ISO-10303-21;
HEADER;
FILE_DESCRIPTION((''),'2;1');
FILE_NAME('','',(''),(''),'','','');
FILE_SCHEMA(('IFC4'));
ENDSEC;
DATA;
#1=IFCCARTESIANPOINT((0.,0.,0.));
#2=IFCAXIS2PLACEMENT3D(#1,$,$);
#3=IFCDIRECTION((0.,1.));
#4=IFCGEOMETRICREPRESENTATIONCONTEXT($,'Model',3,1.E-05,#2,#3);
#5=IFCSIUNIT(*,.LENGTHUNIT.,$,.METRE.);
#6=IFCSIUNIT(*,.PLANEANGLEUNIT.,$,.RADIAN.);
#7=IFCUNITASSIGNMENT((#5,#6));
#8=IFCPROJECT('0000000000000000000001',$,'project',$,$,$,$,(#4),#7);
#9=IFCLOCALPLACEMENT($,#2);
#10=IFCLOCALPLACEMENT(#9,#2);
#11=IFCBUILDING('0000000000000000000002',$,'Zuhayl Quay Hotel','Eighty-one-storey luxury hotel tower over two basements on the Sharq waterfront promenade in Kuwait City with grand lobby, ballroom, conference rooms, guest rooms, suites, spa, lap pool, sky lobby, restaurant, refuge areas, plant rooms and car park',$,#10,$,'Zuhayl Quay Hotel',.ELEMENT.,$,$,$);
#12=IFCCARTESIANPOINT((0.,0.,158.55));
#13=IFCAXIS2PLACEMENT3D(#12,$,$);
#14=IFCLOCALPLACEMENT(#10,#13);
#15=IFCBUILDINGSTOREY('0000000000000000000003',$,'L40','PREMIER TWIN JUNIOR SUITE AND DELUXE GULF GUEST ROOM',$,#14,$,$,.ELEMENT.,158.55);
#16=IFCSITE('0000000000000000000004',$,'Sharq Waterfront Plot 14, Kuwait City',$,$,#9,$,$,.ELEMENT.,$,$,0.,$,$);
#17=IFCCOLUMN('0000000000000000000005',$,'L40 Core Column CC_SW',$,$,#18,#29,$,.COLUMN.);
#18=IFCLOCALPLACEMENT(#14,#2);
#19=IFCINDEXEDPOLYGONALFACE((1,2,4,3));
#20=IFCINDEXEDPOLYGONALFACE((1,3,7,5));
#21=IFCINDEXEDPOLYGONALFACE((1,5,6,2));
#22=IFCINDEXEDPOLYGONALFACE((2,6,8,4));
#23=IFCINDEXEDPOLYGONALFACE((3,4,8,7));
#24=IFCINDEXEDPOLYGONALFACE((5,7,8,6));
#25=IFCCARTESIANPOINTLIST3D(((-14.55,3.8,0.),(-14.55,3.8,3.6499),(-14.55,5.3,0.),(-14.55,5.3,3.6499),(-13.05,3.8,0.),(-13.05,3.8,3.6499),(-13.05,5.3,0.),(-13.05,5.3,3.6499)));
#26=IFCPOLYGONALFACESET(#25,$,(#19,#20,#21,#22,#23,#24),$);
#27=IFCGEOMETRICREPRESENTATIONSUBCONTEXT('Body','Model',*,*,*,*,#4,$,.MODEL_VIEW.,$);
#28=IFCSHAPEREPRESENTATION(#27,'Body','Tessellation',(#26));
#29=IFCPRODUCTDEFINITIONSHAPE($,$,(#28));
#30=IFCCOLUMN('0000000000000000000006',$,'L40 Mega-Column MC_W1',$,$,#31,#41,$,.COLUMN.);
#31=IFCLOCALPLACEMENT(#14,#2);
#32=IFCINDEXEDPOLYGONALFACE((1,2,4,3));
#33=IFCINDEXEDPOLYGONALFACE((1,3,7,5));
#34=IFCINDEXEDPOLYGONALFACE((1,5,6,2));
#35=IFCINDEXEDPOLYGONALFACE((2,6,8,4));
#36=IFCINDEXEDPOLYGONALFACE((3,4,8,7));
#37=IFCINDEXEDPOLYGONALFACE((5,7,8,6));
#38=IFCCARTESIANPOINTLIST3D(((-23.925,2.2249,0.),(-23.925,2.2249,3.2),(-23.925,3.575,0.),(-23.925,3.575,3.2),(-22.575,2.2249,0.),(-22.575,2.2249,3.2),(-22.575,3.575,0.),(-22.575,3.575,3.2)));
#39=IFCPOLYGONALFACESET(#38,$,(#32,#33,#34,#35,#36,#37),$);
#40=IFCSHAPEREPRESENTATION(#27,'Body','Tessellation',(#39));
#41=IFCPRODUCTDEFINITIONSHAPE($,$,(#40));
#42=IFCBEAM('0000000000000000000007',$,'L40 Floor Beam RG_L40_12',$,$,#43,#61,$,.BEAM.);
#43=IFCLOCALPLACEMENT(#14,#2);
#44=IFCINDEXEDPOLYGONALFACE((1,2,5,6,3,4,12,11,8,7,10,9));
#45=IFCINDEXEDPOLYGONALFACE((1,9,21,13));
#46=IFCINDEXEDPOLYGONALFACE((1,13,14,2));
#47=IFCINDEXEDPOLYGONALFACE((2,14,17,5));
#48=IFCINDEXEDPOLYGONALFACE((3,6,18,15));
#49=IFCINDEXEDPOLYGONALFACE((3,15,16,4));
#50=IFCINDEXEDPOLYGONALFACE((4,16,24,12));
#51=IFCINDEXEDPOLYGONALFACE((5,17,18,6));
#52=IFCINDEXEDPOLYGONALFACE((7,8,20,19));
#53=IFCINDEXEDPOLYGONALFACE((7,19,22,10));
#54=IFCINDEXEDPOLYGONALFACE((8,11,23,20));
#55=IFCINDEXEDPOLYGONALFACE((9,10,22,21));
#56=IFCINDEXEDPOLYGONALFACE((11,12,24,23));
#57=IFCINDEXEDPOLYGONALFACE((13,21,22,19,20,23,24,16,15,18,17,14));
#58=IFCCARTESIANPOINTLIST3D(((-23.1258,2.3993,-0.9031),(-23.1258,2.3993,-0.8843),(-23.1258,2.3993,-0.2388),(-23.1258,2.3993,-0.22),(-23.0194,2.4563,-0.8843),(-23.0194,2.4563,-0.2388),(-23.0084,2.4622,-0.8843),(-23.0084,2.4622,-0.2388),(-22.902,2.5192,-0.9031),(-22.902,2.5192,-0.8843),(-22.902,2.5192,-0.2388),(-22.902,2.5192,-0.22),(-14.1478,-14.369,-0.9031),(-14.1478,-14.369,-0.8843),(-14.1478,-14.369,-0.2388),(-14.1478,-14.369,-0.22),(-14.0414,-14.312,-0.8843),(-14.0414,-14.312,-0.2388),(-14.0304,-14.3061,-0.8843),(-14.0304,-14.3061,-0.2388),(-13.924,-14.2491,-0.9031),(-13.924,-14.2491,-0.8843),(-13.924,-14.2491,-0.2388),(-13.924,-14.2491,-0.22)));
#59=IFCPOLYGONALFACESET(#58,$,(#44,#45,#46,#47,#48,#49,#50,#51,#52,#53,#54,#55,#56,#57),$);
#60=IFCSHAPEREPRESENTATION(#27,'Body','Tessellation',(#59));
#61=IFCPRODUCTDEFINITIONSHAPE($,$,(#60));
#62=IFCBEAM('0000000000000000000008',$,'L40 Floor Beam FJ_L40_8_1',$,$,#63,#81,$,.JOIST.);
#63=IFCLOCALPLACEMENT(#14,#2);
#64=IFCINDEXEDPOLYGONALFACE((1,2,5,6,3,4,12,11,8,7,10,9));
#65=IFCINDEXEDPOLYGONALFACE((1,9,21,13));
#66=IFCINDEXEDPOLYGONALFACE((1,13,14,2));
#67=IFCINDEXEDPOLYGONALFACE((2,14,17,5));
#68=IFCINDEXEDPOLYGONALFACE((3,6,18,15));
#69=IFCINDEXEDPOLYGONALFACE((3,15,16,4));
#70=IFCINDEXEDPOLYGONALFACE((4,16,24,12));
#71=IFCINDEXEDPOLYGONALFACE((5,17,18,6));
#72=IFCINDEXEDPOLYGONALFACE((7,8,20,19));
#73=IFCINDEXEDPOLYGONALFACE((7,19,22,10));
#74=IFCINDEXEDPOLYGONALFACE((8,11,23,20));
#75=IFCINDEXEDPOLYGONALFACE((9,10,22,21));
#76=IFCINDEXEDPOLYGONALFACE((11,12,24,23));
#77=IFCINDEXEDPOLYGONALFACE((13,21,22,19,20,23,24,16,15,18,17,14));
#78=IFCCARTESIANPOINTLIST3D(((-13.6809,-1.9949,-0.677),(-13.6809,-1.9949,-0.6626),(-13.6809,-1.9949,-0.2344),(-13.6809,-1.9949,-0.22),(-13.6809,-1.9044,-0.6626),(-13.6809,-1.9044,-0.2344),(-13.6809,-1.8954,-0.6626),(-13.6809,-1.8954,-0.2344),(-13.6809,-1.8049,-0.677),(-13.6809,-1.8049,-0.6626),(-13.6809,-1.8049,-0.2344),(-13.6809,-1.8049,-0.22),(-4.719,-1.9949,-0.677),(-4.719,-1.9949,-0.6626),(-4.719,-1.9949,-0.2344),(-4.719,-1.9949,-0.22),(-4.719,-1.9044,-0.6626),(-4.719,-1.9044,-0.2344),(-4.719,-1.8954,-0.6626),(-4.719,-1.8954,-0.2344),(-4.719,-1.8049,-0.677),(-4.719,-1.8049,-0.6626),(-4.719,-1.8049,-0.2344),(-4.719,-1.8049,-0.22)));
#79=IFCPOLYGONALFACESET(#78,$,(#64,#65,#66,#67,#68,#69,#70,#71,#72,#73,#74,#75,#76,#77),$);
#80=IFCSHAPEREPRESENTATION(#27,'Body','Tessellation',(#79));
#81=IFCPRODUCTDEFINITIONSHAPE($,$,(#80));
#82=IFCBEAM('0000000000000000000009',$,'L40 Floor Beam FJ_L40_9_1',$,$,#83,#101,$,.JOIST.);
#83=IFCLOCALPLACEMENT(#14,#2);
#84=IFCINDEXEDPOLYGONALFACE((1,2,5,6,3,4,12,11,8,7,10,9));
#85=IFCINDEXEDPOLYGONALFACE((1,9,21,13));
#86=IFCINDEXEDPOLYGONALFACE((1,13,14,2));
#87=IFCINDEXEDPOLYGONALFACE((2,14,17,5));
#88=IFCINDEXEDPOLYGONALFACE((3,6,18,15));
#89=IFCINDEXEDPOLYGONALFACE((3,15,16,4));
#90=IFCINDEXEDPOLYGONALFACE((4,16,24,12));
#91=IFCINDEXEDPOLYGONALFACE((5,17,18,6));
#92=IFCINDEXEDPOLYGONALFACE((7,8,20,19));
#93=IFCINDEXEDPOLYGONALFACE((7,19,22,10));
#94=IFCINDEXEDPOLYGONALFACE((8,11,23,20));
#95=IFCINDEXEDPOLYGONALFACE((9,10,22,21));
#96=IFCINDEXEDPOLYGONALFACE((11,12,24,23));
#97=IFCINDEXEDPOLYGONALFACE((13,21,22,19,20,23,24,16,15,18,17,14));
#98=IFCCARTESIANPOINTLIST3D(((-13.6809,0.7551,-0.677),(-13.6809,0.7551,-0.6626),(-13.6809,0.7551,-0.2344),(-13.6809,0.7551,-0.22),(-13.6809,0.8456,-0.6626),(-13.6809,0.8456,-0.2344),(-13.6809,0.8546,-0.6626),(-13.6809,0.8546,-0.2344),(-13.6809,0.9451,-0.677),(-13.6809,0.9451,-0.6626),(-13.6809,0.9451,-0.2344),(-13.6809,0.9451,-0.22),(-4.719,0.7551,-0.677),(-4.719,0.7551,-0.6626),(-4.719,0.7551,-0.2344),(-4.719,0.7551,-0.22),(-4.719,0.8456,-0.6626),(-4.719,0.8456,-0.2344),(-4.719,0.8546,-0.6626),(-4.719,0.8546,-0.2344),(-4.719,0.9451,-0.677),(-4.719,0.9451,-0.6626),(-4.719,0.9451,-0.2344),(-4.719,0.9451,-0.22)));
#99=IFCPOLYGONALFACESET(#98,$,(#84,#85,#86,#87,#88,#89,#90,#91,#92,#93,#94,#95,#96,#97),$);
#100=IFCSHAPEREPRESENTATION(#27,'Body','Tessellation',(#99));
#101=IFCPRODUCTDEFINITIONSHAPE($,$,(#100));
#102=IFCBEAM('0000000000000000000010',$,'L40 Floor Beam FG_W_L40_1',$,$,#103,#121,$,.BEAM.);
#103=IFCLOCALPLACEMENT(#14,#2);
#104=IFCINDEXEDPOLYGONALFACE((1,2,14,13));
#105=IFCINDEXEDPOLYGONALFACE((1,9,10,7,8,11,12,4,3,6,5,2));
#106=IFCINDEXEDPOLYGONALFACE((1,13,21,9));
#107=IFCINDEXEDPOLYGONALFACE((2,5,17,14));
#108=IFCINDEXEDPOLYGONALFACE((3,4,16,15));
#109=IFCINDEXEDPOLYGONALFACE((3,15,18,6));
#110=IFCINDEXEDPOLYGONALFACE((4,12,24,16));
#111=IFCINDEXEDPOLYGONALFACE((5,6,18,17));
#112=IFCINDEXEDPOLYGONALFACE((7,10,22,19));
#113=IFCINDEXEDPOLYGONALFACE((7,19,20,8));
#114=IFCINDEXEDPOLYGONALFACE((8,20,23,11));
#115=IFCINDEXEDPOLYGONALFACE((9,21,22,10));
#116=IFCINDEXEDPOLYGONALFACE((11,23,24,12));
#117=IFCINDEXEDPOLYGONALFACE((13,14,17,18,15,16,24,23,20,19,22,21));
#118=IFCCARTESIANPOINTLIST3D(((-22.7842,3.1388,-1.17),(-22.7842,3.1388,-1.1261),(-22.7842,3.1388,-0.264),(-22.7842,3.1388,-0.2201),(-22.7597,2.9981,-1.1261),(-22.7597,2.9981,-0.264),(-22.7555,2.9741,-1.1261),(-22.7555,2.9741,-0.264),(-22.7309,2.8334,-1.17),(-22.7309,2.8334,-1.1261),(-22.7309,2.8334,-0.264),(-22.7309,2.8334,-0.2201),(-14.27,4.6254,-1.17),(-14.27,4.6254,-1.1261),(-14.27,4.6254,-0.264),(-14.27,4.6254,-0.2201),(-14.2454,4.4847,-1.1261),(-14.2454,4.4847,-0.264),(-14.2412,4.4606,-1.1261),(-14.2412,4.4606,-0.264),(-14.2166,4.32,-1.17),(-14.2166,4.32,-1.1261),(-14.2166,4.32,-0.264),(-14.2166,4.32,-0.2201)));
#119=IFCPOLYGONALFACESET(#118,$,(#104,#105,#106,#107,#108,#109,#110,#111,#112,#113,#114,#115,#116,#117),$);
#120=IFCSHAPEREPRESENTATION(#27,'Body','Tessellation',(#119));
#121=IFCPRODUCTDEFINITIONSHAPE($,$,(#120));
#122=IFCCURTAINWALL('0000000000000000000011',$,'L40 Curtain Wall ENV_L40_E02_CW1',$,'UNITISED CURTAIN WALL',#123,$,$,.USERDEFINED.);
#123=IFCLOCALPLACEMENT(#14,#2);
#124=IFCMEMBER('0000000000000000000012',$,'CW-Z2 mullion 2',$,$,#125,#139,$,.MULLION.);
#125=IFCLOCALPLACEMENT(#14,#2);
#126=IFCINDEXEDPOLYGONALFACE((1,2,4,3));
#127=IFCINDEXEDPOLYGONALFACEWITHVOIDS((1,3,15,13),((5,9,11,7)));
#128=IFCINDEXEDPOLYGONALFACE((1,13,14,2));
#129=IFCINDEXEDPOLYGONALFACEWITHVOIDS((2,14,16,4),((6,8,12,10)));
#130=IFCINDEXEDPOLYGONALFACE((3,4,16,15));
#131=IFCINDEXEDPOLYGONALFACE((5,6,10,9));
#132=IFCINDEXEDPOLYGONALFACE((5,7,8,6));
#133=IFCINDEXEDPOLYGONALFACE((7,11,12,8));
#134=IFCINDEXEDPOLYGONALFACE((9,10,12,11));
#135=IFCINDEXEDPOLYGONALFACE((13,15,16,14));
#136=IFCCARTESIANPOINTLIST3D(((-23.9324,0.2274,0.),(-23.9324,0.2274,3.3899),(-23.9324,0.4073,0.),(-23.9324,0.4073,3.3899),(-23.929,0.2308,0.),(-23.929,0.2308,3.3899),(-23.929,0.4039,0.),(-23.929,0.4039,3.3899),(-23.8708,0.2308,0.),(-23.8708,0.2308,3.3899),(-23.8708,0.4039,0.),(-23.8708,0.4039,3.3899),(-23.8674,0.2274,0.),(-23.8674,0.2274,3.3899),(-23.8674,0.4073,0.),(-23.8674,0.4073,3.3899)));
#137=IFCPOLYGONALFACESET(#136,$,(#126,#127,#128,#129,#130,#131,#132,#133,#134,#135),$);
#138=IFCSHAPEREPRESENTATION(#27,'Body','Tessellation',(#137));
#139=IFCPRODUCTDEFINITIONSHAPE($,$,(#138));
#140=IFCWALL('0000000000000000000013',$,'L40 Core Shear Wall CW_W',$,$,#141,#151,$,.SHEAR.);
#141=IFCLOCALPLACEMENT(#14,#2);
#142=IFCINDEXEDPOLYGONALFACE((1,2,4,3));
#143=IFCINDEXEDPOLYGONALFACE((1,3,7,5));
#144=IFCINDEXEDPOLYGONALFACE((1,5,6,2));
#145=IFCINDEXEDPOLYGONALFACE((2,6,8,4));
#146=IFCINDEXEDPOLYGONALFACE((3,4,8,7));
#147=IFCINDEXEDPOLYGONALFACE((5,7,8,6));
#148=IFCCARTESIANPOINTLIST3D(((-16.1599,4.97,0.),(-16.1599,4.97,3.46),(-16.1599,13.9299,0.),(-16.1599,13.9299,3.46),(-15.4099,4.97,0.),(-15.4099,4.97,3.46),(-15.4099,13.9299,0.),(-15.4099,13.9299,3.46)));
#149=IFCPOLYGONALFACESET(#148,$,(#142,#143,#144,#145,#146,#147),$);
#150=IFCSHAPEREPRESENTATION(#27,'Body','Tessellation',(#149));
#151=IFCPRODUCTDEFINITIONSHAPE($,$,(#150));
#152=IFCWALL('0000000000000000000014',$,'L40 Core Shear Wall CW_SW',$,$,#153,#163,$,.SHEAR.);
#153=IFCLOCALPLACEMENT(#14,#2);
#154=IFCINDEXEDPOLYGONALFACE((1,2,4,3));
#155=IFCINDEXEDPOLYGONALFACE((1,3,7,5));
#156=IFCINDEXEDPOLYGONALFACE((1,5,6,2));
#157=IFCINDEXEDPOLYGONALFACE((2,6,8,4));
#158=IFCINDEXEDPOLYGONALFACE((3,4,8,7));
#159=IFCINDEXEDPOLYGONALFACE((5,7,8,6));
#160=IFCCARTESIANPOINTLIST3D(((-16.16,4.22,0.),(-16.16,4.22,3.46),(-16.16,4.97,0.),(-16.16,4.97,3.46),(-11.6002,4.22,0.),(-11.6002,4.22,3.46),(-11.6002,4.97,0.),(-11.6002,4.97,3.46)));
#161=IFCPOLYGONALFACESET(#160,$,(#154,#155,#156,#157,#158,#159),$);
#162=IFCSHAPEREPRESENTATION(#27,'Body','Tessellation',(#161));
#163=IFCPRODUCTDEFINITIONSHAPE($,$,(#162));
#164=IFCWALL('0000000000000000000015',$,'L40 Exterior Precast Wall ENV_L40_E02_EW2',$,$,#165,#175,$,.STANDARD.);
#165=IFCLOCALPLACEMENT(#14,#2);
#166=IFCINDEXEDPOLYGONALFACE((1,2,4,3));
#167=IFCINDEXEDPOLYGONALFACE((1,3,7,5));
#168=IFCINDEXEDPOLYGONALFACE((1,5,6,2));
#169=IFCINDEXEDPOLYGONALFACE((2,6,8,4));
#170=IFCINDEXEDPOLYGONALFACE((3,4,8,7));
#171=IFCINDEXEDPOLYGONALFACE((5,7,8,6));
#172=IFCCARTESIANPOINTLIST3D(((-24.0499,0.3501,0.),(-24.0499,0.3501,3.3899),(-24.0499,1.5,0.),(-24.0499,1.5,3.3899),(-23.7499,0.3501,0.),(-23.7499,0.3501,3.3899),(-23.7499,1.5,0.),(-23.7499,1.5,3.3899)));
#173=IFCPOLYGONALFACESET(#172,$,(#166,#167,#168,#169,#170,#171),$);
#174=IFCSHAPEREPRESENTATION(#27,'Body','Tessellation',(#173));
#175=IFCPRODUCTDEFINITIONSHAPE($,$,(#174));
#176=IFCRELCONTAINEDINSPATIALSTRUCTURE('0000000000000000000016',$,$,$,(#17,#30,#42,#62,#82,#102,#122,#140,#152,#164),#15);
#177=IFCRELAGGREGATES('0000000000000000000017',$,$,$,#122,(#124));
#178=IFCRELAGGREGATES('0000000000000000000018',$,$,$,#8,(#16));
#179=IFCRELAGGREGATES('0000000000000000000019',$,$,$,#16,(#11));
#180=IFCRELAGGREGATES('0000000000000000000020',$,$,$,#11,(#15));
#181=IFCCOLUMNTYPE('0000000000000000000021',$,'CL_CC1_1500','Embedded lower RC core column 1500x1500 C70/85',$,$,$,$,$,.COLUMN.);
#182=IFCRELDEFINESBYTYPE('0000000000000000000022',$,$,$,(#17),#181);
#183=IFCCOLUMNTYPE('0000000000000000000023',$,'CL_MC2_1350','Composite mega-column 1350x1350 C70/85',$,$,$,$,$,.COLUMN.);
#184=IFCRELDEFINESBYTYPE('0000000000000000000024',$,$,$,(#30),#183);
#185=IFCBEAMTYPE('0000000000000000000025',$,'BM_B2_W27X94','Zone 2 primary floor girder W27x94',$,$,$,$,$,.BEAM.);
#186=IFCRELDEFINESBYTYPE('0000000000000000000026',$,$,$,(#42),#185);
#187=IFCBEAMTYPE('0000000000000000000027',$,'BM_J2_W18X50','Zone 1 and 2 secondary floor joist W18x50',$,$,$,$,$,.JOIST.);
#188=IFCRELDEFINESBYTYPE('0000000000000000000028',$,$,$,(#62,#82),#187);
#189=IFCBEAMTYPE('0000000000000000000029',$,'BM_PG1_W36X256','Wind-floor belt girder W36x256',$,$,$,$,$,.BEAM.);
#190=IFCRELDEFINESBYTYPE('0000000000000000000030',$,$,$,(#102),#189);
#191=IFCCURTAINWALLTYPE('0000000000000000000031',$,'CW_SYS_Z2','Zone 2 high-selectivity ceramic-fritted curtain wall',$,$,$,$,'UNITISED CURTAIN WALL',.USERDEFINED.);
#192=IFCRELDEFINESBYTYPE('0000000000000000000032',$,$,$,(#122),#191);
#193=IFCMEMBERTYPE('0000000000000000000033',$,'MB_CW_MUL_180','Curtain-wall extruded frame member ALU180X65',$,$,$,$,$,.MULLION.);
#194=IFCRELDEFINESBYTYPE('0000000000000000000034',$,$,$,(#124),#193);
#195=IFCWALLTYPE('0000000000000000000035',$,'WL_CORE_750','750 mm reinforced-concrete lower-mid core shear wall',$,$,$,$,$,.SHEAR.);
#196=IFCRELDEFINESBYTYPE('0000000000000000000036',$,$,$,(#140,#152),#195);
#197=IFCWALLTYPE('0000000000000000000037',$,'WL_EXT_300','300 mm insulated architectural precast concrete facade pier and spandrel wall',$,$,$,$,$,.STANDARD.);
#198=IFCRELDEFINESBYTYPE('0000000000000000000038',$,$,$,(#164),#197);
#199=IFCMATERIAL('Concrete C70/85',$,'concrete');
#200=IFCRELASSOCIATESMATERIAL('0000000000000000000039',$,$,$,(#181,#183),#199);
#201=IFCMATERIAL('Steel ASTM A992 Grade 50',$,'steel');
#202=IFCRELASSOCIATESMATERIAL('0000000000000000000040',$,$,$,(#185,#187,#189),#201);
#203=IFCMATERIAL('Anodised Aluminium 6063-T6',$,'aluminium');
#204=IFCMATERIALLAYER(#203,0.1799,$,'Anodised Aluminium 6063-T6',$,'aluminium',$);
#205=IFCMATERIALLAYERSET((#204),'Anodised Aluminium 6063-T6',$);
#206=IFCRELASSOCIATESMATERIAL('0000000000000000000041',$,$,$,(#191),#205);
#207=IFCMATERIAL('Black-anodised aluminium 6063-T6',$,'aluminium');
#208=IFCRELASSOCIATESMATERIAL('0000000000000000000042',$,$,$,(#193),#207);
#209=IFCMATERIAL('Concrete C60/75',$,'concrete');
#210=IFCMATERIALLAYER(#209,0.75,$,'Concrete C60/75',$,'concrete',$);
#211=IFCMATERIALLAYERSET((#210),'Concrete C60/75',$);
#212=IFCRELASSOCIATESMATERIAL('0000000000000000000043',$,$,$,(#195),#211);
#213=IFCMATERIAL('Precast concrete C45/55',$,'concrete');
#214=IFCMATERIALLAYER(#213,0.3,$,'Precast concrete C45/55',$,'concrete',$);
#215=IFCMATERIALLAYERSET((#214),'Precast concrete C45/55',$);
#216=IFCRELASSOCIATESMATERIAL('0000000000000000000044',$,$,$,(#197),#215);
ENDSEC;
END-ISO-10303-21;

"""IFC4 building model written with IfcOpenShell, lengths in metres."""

from ifc_helpers import new_model, si_unit, direction, frame, frame_2d, origin, origin_2d, place, context, subcontext, project, spatial, rectangle, hollow_rectangle, i_section, extrude, material, layer, layer_set, material_profile, profile_set, type_object, element, aggregate, save


model = new_model("IFC4")

# Units and contexts
model_context = context("Model", 3, precision=1e-05, world=origin(), true_north=direction((0.0, 1.0)))
body_context = subcontext(model_context, "Body", "Model", "MODEL_VIEW")
ifc_project = project(units=[si_unit("LENGTHUNIT", "METRE"), si_unit("PLANEANGLEUNIT", "RADIAN")], contexts=[model_context])

# Site, building, storey
site_placement = place(None, origin())
site = spatial("IfcSite", under=ifc_project, at=site_placement, Name="Sharq Waterfront Plot 14, Kuwait City", CompositionType="ELEMENT", RefElevation=0.0)
building_placement = place(site_placement, origin())
building = spatial("IfcBuilding", under=site, at=building_placement, Name="Zuhayl Quay Hotel", Description="Eighty-one-storey luxury hotel tower over two basements on the Sharq waterfront promenade in Kuwait City with grand lobby, ballroom, conference rooms, guest rooms, suites, spa, lap pool, sky lobby, restaurant, refuge areas, plant rooms and car park", LongName="Zuhayl Quay Hotel", CompositionType="ELEMENT")
storey_placement = place(building_placement, frame((0.0, 0.0, 158.55)))
storey = spatial("IfcBuildingStorey", under=building, at=storey_placement, Name="L40", Description="PREMIER TWIN JUNIOR SUITE AND DELUXE GULF GUEST ROOM", CompositionType="ELEMENT", Elevation=158.55)

# Columns
ifc_material_1 = material(Name="Concrete C70/85", Category="concrete")
ifc_material_profile_1 = material_profile(ifc_material_1, rectangle(XDim=1.5, YDim=1.5, at=origin_2d()), Name="RC1500X1500")
ifc_profile_set_1 = profile_set([ifc_material_profile_1], Name="Concrete C70/85")
column_type_1 = type_object("IfcColumnType", Name="CL_CC1_1500", Description="Embedded lower RC core column 1500x1500 C70/85", PredefinedType="COLUMN", material=ifc_profile_set_1)
column_1_placement = place(storey_placement, frame((-13.8, 4.55, 0.0), z_axis=(0.0, 0.0, 1.0), x_axis=(1.0, 0.0, 0.0)))
element("IfcColumn", 1, at=column_1_placement, inside=storey, type_object=column_type_1, Name="L40 Core Column CC_SW", PredefinedType="COLUMN", context=body_context, shape_type="SweptSolid", body=[
    extrude(rectangle(XDim=1.5, YDim=1.5, at=origin_2d()), origin(), (0.0, 0.0, 1.0), 3.6499),
])
ifc_material_profile_2 = material_profile(ifc_material_1, rectangle(XDim=1.3501, YDim=1.3501, at=origin_2d()), Name="RC1350X1350")
ifc_profile_set_2 = profile_set([ifc_material_profile_2], Name="Concrete C70/85")
column_type_2 = type_object("IfcColumnType", Name="CL_MC2_1350", Description="Composite mega-column 1350x1350 C70/85", PredefinedType="COLUMN", material=ifc_profile_set_2)
column_2_placement = place(storey_placement, frame((-23.25, 2.8999, 0.0), z_axis=(0.0, 0.0, 1.0), x_axis=(1.0, 0.0, 0.0)))
element("IfcColumn", 2, at=column_2_placement, inside=storey, type_object=column_type_2, Name="L40 Mega-Column MC_W1", PredefinedType="COLUMN", context=body_context, shape_type="SweptSolid", body=[
    extrude(rectangle(XDim=1.3501, YDim=1.3501, at=origin_2d()), origin(), (0.0, 0.0, 1.0), 3.2),
])

# Beams
ifc_material_2 = material(Name="Steel ASTM A992 Grade 50", Category="steel")
ifc_material_profile_3 = material_profile(ifc_material_2, i_section(OverallWidth=0.2539, OverallDepth=0.6831, WebThickness=0.0125, FlangeThickness=0.0188, at=origin_2d()), Name="W27X94")
ifc_profile_set_3 = profile_set([ifc_material_profile_3], Name="Steel ASTM A992 Grade 50")
beam_type_1 = type_object("IfcBeamType", Name="BM_B2_W27X94", Description="Zone 2 primary floor girder W27x94", PredefinedType="BEAM", material=ifc_profile_set_3)
beam_1_placement = place(storey_placement, frame((-23.0139, 2.4592, -0.5615), z_axis=(0.472017, -0.881589, 0.0), x_axis=(0.881589, 0.472017, 0.0)))
element("IfcBeam", 3, at=beam_1_placement, inside=storey, type_object=beam_type_1, Name="L40 Floor Beam RG_L40_12", PredefinedType="BEAM", context=body_context, shape_type="SweptSolid", body=[
    extrude(i_section(OverallWidth=0.2539, OverallDepth=0.6831, WebThickness=0.0125, FlangeThickness=0.0188, at=origin_2d()), origin(), (0.0, 0.0, 1.0), 19.0205),
])
ifc_material_profile_4 = material_profile(ifc_material_2, i_section(OverallWidth=0.1899, OverallDepth=0.457, WebThickness=0.009, FlangeThickness=0.0144, at=origin_2d()), Name="W18X50")
ifc_profile_set_4 = profile_set([ifc_material_profile_4], Name="Steel ASTM A992 Grade 50")
beam_type_2 = type_object("IfcBeamType", Name="BM_J2_W18X50", Description="Zone 1 and 2 secondary floor joist W18x50", PredefinedType="JOIST", material=ifc_profile_set_4)
for number, where, z_axis, x_axis, name in (
    (4, (-13.6809, -1.8999, -0.4485), (1.0, 0.0, 0.0), (0.0, 1.0, 0.0), "L40 Floor Beam FJ_L40_8_1"),
    (5, (-13.6809, 0.8501, -0.4485), (1.0, 0.0, 0.0), (0.0, 1.0, 0.0), "L40 Floor Beam FJ_L40_9_1"),
):
    element("IfcBeam", number, at=place(storey_placement, frame(where, z_axis=z_axis, x_axis=x_axis)), inside=storey, type_object=beam_type_2, Name=name, PredefinedType="JOIST", context=body_context, shape_type="SweptSolid", body=[
        extrude(i_section(OverallWidth=0.1899, OverallDepth=0.457, WebThickness=0.009, FlangeThickness=0.0144, at=origin_2d()), origin(), (0.0, 0.0, 1.0), 8.9619),
    ])
ifc_material_profile_5 = material_profile(ifc_material_2, i_section(OverallWidth=0.3101, OverallDepth=0.95, WebThickness=0.0244, FlangeThickness=0.0439, at=origin_2d()), Name="W36X256")
ifc_profile_set_5 = profile_set([ifc_material_profile_5], Name="Steel ASTM A992 Grade 50")
beam_type_3 = type_object("IfcBeamType", Name="BM_PG1_W36X256", Description="Wind-floor belt girder W36x256", PredefinedType="BEAM", material=ifc_profile_set_5)
beam_2_placement = place(storey_placement, frame((-22.7576, 2.9861, -0.6951), z_axis=(0.985097, 0.171998, 0.0), x_axis=(-0.171998, 0.985097, 0.0)))
element("IfcBeam", 6, at=beam_2_placement, inside=storey, type_object=beam_type_3, Name="L40 Floor Beam FG_W_L40_1", PredefinedType="BEAM", context=body_context, shape_type="SweptSolid", body=[
    extrude(i_section(OverallWidth=0.3101, OverallDepth=0.95, WebThickness=0.0244, FlangeThickness=0.0439, at=origin_2d()), origin(), (0.0, 0.0, 1.0), 8.6431),
])

# Curtain wall, member
ifc_material_3 = material(Name="Anodised Aluminium 6063-T6", Category="aluminium")
ifc_layer_1 = layer(ifc_material_3, 0.1799, Name="Anodised Aluminium 6063-T6", Category="aluminium")
ifc_layer_set_1 = layer_set([ifc_layer_1], Name="Anodised Aluminium 6063-T6")
curtain_wall_type = type_object("IfcCurtainWallType", Name="CW_SYS_Z2", Description="Zone 2 high-selectivity ceramic-fritted curtain wall", ElementType="UNITISED CURTAIN WALL", PredefinedType="USERDEFINED", material=ifc_layer_set_1)
curtain_wall_placement = place(storey_placement, origin())
curtain_wall = element("IfcCurtainWall", 7, at=curtain_wall_placement, inside=storey, type_object=curtain_wall_type, Name="L40 Curtain Wall ENV_L40_E02_CW1", ObjectType="UNITISED CURTAIN WALL", PredefinedType="USERDEFINED")
ifc_material_4 = material(Name="Black-anodised aluminium 6063-T6", Category="aluminium")
ifc_material_profile_6 = material_profile(ifc_material_4, hollow_rectangle(XDim=0.0649, YDim=0.1799, WallThickness=0.0034, at=origin_2d()), Name="ALU180X65")
ifc_profile_set_6 = profile_set([ifc_material_profile_6], Name="Black-anodised aluminium 6063-T6")
member_type = type_object("IfcMemberType", Name="MB_CW_MUL_180", Description="Curtain-wall extruded frame member ALU180X65", PredefinedType="MULLION", material=ifc_profile_set_6)
member_placement = place(storey_placement, frame((-23.8999, 0.3174, 0.0), z_axis=(0.0, 0.0, 1.0), x_axis=(-1.0, 0.0, 0.0)))
member = element("IfcMember", 8, at=member_placement, type_object=member_type, Name="CW-Z2 mullion 2", PredefinedType="MULLION", context=body_context, shape_type="SweptSolid", body=[
    extrude(hollow_rectangle(XDim=0.0649, YDim=0.1799, WallThickness=0.0034, at=origin_2d()), origin(), (0.0, 0.0, 1.0), 3.3899),
])
aggregate(curtain_wall, [member])

# Walls
ifc_material_5 = material(Name="Concrete C60/75", Category="concrete")
ifc_layer_2 = layer(ifc_material_5, 0.75, Name="Concrete C60/75", Category="concrete")
ifc_layer_set_2 = layer_set([ifc_layer_2], Name="Concrete C60/75")
wall_type_1 = type_object("IfcWallType", Name="WL_CORE_750", Description="750 mm reinforced-concrete lower-mid core shear wall", PredefinedType="SHEAR", material=ifc_layer_set_2)
wall_1_placement = place(storey_placement, frame((-15.7849, 4.97, 0.0), z_axis=(0.0, 0.0, 1.0), x_axis=(0.0, 1.0, 0.0)))
element("IfcWall", 9, at=wall_1_placement, inside=storey, type_object=wall_type_1, Name="L40 Core Shear Wall CW_W", PredefinedType="SHEAR", context=body_context, shape_type="SweptSolid", body=[
    extrude(rectangle(XDim=8.96, YDim=0.75, at=frame_2d((4.48, 0.0))), origin(), (0.0, 0.0, 1.0), 3.46),
])
wall_2_placement = place(storey_placement, frame((-16.1599, 4.595, 0.0), z_axis=(0.0, 0.0, 1.0), x_axis=(1.0, 0.0, 0.0)))
element("IfcWall", 10, at=wall_2_placement, inside=storey, type_object=wall_type_1, Name="L40 Core Shear Wall CW_SW", PredefinedType="SHEAR", context=body_context, shape_type="SweptSolid", body=[
    extrude(rectangle(XDim=4.5598, YDim=0.75, at=frame_2d((2.2798, 0.0))), origin(), (0.0, 0.0, 1.0), 3.46),
])
ifc_material_6 = material(Name="Precast concrete C45/55", Category="concrete")
ifc_layer_3 = layer(ifc_material_6, 0.3, Name="Precast concrete C45/55", Category="concrete")
ifc_layer_set_3 = layer_set([ifc_layer_3], Name="Precast concrete C45/55")
wall_type_2 = type_object("IfcWallType", Name="WL_EXT_300", Description="300 mm insulated architectural precast concrete facade pier and spandrel wall", PredefinedType="STANDARD", material=ifc_layer_set_3)
wall_3_placement = place(storey_placement, frame((-23.8999, 0.3501, 0.0), z_axis=(0.0, 0.0, 1.0), x_axis=(0.0, 1.0, 0.0)))
element("IfcWall", 11, at=wall_3_placement, inside=storey, type_object=wall_type_2, Name="L40 Exterior Precast Wall ENV_L40_E02_EW2", PredefinedType="STANDARD", context=body_context, shape_type="SweptSolid", body=[
    extrude(rectangle(XDim=1.1499, YDim=0.3, at=frame_2d((0.575, 0.0))), origin(), (0.0, 0.0, 1.0), 3.3899),
])

save(model, "model.ifc")
